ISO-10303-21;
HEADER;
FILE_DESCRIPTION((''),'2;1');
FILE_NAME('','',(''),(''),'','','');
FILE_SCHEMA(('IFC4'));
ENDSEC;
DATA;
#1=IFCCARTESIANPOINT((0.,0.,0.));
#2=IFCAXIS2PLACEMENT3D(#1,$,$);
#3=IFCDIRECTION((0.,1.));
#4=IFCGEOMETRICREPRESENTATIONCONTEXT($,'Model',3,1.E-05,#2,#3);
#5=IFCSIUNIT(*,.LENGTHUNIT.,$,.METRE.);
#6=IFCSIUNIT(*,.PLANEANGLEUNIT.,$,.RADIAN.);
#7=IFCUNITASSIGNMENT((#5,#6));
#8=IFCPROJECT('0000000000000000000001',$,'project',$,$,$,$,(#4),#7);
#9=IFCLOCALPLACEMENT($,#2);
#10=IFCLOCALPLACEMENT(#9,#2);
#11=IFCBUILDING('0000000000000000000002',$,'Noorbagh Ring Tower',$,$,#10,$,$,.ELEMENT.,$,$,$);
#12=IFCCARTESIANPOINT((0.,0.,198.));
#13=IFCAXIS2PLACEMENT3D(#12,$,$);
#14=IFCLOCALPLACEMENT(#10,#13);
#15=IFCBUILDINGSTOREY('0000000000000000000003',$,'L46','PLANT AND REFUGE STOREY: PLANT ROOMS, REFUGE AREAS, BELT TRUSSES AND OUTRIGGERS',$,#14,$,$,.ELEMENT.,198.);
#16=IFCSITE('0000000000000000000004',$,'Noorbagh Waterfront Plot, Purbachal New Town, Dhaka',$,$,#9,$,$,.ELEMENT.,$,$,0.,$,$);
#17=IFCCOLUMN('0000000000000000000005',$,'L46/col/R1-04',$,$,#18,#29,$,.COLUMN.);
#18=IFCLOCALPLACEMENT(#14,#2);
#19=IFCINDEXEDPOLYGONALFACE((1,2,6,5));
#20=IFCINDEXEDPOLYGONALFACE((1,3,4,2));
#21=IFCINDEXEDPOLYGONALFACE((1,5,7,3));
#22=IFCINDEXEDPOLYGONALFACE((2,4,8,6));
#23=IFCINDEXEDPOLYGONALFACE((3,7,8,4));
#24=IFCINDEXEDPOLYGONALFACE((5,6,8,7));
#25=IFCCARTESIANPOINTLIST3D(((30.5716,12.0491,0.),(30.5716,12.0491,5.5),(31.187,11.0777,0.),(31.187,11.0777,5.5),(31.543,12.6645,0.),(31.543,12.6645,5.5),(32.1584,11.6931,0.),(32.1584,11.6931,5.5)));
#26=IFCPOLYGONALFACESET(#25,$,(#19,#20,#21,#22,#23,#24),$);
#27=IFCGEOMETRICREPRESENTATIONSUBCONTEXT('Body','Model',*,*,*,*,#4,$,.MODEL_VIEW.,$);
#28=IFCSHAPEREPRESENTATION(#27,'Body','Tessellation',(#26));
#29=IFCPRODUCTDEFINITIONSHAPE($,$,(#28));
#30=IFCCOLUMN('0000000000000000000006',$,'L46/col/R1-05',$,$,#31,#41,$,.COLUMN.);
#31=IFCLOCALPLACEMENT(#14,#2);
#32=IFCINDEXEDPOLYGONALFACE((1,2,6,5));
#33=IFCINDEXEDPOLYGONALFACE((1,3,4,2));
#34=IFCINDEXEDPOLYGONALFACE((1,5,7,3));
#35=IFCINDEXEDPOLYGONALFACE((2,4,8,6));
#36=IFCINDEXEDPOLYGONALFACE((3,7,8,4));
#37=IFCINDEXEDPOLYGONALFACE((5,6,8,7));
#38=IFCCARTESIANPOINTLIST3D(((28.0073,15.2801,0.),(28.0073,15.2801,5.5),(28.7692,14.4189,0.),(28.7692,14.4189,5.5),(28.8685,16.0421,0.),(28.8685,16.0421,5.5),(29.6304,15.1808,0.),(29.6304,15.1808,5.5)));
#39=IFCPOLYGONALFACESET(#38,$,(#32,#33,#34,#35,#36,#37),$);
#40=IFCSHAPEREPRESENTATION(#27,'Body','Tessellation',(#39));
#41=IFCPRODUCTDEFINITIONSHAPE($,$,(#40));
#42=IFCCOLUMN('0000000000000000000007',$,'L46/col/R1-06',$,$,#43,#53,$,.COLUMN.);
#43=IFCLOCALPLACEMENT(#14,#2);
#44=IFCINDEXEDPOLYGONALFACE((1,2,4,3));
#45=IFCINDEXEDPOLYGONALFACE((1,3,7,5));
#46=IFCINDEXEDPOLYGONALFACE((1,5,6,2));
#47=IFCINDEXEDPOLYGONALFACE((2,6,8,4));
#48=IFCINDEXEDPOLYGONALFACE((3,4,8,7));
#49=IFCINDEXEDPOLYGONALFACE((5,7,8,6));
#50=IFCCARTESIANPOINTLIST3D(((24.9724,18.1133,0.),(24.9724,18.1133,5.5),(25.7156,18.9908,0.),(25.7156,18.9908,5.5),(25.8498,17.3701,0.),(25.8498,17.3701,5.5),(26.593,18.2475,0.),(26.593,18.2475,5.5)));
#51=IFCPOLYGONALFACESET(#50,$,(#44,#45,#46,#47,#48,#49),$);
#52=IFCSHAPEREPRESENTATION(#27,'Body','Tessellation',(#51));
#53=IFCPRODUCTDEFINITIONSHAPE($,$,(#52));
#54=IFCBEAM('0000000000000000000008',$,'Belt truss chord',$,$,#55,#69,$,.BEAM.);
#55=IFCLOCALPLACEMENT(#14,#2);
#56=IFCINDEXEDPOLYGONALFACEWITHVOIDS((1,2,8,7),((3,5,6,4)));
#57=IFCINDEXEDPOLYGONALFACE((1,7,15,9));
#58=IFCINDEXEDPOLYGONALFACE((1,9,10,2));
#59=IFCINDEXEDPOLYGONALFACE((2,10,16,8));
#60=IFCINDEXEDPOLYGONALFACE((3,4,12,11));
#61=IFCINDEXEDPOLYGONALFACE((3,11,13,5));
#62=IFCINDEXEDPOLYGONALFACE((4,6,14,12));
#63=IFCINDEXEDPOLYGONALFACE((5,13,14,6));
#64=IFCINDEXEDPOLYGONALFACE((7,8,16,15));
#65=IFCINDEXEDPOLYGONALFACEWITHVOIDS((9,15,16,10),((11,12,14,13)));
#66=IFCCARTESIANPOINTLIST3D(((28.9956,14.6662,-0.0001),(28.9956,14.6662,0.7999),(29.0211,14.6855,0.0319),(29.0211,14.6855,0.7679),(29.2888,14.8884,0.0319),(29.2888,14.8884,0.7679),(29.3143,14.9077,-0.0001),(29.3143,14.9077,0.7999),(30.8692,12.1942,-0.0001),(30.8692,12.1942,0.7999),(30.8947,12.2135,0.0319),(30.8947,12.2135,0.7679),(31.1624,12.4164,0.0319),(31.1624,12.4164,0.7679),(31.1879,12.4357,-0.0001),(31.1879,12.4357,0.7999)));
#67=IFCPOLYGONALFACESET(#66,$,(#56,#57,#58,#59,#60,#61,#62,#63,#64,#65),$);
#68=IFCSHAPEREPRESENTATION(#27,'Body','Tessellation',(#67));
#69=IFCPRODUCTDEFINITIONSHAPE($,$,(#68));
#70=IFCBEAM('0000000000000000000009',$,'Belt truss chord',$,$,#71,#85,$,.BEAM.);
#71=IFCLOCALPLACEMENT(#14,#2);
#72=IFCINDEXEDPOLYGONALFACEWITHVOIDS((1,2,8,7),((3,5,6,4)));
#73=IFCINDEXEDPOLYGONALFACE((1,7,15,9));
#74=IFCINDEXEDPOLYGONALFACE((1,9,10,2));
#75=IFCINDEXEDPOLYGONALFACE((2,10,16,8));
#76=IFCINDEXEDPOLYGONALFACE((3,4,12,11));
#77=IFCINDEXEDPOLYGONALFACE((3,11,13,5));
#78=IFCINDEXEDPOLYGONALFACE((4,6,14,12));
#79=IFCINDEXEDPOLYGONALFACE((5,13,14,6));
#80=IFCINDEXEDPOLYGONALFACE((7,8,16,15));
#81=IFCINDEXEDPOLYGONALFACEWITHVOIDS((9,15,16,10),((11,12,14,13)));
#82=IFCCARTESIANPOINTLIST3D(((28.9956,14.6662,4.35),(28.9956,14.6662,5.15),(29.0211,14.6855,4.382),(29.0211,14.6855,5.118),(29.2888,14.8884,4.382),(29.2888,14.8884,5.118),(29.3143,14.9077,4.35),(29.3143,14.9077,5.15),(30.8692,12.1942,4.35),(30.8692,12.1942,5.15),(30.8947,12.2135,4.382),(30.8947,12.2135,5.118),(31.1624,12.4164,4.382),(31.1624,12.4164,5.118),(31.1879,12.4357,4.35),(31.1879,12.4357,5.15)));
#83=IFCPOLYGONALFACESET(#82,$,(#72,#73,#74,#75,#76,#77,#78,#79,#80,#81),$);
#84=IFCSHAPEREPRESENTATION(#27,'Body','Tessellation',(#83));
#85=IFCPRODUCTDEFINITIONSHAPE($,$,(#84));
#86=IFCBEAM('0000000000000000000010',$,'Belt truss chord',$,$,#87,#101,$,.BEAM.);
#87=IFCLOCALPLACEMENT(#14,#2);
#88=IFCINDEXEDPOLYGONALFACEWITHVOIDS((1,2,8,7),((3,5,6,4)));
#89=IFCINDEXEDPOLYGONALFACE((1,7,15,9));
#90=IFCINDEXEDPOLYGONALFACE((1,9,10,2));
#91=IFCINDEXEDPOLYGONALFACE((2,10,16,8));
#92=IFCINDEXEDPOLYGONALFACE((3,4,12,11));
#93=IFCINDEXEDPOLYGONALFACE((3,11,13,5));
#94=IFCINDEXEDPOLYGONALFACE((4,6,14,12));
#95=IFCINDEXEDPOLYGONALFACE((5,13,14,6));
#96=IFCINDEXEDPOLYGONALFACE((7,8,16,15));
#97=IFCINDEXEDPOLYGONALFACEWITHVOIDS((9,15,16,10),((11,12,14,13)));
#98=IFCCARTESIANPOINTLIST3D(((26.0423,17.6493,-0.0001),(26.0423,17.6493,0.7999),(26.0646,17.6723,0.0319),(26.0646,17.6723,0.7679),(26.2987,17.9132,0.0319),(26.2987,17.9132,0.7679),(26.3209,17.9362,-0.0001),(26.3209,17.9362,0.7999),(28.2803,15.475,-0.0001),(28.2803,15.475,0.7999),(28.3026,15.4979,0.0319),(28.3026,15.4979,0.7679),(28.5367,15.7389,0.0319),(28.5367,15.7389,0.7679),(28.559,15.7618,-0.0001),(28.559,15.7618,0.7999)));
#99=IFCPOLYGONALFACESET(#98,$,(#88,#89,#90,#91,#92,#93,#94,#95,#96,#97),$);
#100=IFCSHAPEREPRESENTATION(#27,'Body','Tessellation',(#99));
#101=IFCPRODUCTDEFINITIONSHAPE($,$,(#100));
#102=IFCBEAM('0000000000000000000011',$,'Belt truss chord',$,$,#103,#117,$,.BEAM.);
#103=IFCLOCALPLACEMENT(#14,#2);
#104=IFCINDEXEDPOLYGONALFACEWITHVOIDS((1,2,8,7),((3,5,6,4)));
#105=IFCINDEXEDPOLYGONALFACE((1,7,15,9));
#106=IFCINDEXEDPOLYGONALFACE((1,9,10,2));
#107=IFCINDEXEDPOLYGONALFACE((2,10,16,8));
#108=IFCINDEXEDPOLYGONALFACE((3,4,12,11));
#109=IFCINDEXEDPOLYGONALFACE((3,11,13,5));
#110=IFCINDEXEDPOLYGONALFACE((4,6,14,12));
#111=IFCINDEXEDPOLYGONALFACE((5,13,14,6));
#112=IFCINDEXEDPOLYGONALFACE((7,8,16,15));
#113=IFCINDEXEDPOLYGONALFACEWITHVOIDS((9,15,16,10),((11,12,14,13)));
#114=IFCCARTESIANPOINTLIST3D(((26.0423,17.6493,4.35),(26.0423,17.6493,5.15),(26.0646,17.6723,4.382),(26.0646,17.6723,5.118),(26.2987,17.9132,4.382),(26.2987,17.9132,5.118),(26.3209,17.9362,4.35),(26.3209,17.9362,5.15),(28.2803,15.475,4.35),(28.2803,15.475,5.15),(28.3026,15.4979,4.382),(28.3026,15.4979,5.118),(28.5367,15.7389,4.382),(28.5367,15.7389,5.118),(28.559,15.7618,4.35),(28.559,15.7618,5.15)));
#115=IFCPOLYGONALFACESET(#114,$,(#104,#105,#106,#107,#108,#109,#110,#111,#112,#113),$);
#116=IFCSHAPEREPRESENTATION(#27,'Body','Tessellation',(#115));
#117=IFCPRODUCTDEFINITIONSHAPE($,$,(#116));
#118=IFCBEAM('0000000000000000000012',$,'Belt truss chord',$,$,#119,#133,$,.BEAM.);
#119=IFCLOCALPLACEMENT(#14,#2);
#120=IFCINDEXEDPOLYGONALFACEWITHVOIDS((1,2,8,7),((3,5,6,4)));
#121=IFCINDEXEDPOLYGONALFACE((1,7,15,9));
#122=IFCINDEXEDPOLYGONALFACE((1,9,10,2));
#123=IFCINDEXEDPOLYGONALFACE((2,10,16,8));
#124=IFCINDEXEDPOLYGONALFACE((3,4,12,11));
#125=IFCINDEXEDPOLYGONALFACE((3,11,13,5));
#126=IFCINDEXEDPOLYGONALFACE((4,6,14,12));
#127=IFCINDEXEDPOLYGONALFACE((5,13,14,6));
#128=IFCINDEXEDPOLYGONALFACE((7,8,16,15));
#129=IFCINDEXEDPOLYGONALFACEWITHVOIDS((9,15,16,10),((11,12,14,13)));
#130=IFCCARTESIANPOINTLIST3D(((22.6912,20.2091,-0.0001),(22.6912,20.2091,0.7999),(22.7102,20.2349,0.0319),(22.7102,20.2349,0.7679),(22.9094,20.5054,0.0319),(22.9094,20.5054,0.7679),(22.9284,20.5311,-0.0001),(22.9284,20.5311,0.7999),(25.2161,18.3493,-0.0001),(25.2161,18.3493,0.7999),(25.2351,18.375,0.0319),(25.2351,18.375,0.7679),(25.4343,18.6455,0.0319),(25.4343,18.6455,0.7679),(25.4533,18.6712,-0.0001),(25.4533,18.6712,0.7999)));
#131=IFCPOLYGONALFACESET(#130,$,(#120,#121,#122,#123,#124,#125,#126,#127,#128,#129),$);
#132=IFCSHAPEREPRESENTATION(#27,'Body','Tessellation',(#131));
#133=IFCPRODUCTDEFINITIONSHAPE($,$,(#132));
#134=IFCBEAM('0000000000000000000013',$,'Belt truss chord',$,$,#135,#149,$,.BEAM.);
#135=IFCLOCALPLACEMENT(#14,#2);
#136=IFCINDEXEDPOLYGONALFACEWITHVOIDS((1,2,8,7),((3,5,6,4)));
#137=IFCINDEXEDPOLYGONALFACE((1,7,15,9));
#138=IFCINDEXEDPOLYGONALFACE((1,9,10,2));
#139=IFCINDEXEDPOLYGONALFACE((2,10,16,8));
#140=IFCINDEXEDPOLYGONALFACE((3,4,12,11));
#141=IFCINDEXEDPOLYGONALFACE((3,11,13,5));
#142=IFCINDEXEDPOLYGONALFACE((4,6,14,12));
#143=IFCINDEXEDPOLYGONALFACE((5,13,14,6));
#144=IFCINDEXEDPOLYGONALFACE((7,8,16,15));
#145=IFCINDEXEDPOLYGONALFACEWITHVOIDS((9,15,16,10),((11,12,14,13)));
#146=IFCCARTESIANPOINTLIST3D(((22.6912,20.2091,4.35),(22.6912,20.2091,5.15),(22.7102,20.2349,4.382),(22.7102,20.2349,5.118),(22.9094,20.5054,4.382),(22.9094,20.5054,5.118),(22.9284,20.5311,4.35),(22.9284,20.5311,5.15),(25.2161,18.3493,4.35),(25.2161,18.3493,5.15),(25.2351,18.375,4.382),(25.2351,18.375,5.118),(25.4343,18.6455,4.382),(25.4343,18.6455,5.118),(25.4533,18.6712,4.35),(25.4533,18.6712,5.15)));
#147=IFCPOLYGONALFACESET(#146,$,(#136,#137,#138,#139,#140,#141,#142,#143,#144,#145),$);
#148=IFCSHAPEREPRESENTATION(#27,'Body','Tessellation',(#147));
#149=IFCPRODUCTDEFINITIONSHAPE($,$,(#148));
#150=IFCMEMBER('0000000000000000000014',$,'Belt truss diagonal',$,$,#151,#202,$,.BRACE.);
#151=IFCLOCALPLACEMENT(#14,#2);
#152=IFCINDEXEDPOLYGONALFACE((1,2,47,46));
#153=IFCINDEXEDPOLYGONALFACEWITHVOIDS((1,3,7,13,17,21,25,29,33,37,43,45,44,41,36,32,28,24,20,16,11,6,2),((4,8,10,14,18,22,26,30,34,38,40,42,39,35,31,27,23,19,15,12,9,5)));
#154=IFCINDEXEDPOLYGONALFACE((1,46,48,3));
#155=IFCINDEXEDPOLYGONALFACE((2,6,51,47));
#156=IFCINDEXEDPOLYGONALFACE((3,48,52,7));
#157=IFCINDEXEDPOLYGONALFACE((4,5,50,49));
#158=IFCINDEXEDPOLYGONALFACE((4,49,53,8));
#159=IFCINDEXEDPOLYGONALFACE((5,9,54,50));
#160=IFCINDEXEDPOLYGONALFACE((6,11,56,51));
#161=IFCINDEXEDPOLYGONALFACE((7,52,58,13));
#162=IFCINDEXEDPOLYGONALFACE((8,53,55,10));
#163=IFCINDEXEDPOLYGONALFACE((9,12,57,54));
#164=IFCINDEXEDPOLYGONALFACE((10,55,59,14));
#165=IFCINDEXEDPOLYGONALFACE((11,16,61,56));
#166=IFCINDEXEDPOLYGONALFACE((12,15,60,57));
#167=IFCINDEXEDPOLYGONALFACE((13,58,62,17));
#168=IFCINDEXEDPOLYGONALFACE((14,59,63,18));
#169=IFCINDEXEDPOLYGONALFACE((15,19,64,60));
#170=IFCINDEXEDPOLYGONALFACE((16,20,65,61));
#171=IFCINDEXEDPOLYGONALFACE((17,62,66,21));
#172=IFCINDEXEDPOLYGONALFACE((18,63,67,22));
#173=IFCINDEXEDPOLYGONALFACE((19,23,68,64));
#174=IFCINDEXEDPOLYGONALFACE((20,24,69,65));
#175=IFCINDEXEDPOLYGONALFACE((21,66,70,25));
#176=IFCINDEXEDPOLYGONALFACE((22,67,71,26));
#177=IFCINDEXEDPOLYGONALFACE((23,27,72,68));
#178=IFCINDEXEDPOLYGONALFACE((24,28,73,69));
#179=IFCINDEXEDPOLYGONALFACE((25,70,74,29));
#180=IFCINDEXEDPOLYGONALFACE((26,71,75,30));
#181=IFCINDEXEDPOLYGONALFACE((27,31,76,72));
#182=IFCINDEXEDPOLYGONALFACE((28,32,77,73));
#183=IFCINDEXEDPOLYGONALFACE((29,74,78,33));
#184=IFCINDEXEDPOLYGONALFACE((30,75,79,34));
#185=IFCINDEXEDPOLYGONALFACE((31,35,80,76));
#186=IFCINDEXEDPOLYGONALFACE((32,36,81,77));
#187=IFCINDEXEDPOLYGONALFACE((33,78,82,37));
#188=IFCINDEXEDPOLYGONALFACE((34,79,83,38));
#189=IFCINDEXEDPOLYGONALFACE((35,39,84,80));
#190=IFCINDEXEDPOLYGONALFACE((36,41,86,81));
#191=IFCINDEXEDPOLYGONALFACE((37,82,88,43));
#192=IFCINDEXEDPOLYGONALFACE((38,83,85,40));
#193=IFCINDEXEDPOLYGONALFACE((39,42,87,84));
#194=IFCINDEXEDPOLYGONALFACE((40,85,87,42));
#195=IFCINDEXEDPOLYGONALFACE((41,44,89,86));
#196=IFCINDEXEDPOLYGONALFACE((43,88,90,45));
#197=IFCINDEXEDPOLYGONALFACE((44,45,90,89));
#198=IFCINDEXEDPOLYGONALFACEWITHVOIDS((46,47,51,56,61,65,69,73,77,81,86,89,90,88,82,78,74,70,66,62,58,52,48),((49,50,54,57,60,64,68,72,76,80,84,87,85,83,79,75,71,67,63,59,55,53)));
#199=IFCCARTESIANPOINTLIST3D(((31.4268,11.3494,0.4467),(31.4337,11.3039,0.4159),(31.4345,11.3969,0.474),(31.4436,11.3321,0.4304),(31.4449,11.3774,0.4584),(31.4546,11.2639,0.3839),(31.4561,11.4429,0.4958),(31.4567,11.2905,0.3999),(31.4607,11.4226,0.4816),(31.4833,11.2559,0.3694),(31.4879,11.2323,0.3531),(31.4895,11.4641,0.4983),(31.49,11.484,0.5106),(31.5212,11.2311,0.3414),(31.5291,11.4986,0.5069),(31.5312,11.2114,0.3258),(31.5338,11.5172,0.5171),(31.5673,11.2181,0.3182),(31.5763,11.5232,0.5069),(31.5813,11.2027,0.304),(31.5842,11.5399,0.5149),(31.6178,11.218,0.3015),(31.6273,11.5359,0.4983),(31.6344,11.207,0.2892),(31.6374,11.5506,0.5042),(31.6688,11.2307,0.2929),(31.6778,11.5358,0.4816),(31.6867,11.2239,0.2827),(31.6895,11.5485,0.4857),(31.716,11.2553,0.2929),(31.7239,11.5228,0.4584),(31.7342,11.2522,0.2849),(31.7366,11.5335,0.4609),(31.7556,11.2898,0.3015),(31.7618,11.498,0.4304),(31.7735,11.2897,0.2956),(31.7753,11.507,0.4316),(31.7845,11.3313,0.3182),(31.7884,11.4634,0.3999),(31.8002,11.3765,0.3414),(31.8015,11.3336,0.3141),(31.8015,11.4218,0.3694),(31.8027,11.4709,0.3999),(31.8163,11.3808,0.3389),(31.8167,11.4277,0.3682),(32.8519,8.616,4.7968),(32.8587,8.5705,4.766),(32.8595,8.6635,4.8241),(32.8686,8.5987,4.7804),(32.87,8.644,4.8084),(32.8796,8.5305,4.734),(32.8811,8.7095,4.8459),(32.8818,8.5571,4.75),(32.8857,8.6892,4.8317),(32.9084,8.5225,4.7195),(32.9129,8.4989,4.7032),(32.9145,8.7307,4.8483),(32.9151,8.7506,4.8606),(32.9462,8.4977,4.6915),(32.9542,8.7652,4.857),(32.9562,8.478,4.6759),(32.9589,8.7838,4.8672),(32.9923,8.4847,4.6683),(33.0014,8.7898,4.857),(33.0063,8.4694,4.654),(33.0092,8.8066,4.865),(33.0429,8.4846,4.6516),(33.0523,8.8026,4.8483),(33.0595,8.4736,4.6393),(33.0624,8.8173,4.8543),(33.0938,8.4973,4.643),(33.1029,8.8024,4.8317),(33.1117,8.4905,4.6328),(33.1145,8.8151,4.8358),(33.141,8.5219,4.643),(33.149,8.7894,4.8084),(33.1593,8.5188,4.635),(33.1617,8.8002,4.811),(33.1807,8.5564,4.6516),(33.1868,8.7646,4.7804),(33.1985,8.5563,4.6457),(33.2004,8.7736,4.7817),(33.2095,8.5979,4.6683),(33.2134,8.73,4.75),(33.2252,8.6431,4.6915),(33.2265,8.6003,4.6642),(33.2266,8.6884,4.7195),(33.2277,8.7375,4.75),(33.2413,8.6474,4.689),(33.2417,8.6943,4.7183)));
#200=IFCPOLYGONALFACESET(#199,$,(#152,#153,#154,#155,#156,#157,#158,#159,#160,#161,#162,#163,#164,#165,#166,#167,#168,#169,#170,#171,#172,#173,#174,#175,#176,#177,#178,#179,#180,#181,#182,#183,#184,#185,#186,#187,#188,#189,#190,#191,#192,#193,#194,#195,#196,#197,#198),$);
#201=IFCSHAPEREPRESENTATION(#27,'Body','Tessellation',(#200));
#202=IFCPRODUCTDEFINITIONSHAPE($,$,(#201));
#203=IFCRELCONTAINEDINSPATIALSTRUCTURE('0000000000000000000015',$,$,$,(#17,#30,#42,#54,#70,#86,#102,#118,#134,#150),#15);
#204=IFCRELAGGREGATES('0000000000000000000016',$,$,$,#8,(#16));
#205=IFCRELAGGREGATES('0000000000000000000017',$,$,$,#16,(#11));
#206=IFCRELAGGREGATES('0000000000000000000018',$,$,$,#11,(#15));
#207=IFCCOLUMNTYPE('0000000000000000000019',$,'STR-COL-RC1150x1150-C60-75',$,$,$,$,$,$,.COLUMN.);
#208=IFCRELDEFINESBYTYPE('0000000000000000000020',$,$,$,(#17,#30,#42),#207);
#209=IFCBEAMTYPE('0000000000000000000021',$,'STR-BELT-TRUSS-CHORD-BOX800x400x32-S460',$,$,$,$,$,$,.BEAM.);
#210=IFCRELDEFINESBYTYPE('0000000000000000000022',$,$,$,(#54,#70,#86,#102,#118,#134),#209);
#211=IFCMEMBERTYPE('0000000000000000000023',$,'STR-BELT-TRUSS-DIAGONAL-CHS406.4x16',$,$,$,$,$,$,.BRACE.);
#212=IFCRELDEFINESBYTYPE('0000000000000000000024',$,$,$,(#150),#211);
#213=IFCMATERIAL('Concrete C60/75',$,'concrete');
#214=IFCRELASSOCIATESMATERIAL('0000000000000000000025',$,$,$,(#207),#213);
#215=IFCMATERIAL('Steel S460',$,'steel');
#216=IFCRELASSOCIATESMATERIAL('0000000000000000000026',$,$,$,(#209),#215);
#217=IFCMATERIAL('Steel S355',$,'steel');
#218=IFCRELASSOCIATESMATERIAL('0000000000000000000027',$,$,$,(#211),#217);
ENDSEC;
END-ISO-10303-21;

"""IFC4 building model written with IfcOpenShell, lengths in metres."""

from ifc_helpers import new_model, si_unit, direction, frame, origin, origin_2d, place, context, subcontext, project, spatial, rectangle, hollow_rectangle, hollow_circle, extrude, material, material_profile, profile_set, type_object, element, save


model = new_model("IFC4")

# Units and contexts
model_context = context("Model", 3, precision=1e-05, world=origin(), true_north=direction((0.0, 1.0)))
body_context = subcontext(model_context, "Body", "Model", "MODEL_VIEW")
ifc_project = project(units=[si_unit("LENGTHUNIT", "METRE"), si_unit("PLANEANGLEUNIT", "RADIAN")], contexts=[model_context])

# Site, building, storey
site_placement = place(None, origin())
site = spatial("IfcSite", under=ifc_project, at=site_placement, Name="Noorbagh Waterfront Plot, Purbachal New Town, Dhaka", CompositionType="ELEMENT", RefElevation=0.0)
building_placement = place(site_placement, origin())
building = spatial("IfcBuilding", under=site, at=building_placement, Name="Noorbagh Ring Tower", CompositionType="ELEMENT")
storey_placement = place(building_placement, frame((0.0, 0.0, 198.0)))
storey = spatial("IfcBuildingStorey", under=building, at=storey_placement, Name="L46", Description="PLANT AND REFUGE STOREY: PLANT ROOMS, REFUGE AREAS, BELT TRUSSES AND OUTRIGGERS", CompositionType="ELEMENT", Elevation=198.0)

# Columns
ifc_material_1 = material(Name="Concrete C60/75", Category="concrete")
ifc_material_profile_1 = material_profile(ifc_material_1, rectangle(XDim=1.1499, YDim=1.1499, at=origin_2d()), Name="RC1150x1150")
ifc_profile_set_1 = profile_set([ifc_material_profile_1], Name="Concrete C60/75")
column_type = type_object("IfcColumnType", Name="STR-COL-RC1150x1150-C60-75", PredefinedType="COLUMN", material=ifc_profile_set_1)
for number, where, z_axis, x_axis, name in (
    (1, (31.365, 11.8711, 0.0), (0.0, 0.0, 1.0), (-0.53519, 0.844731, 0.0), "L46/col/R1-04"),
    (2, (28.8188, 15.2305, 0.0), (0.0, 0.0, 1.0), (-0.662636, 0.748942, 0.0), "L46/col/R1-05"),
    (3, (25.7827, 18.1804, 0.0), (0.0, 0.0, 1.0), (-0.763035, 0.646357, 0.0), "L46/col/R1-06"),
):
    element("IfcColumn", number, at=place(storey_placement, frame(where, z_axis=z_axis, x_axis=x_axis)), inside=storey, type_object=column_type, Name=name, PredefinedType="COLUMN", context=body_context, shape_type="SweptSolid", body=[
        extrude(rectangle(XDim=1.1499, YDim=1.1499, at=origin_2d()), origin(), (0.0, 0.0, 1.0), 5.5),
    ])

# Beams
ifc_material_2 = material(Name="Steel S460", Category="steel")
ifc_material_profile_2 = material_profile(ifc_material_2, hollow_rectangle(XDim=0.3999, YDim=0.8, WallThickness=0.032, at=origin_2d()), Name="BOX800x400x32")
ifc_profile_set_2 = profile_set([ifc_material_profile_2], Name="Steel S460")
beam_type_1 = type_object("IfcBeamType", Name="STR-BELT-TRUSS-CHORD-BOX800x400x32-S460", PredefinedType="BEAM", material=ifc_profile_set_2)
for number, where, z_axis, x_axis, name in (
    (4, (31.0286, 12.3149, 0.3999), (-0.604035, 0.796958, 0.0), (-0.796958, -0.604035, 0.0), "Belt truss chord"),
    (5, (31.0286, 12.3149, 4.75), (-0.604035, 0.796958, 0.0), (-0.796958, -0.604035, 0.0), "Belt truss chord"),
):
    element("IfcBeam", number, at=place(storey_placement, frame(where, z_axis=z_axis, x_axis=x_axis)), inside=storey, type_object=beam_type_1, Name=name, PredefinedType="BEAM", context=body_context, shape_type="SweptSolid", body=[
        extrude(hollow_rectangle(XDim=0.3999, YDim=0.8, WallThickness=0.032, at=origin_2d()), origin(), (0.0, 0.0, 1.0), 3.1018),
    ])
for number, where, z_axis, x_axis, name in (
    (6, (28.4197, 15.6184, 0.3999), (-0.717244, 0.696822, 0.0), (-0.696822, -0.717244, 0.0), "Belt truss chord"),
    (7, (28.4197, 15.6184, 4.75), (-0.717244, 0.696822, 0.0), (-0.696822, -0.717244, 0.0), "Belt truss chord"),
):
    element("IfcBeam", number, at=place(storey_placement, frame(where, z_axis=z_axis, x_axis=x_axis)), inside=storey, type_object=beam_type_1, Name=name, PredefinedType="BEAM", context=body_context, shape_type="SweptSolid", body=[
        extrude(hollow_rectangle(XDim=0.3999, YDim=0.8, WallThickness=0.032, at=origin_2d()), origin(), (0.0, 0.0, 1.0), 3.1204),
    ])
for number, where, z_axis, x_axis, name in (
    (8, (25.3347, 18.5103, 0.3999), (-0.805146, 0.593077, 0.0), (-0.593077, -0.805146, 0.0), "Belt truss chord"),
    (9, (25.3347, 18.5103, 4.75), (-0.805146, 0.593077, 0.0), (-0.593077, -0.805146, 0.0), "Belt truss chord"),
):
    element("IfcBeam", number, at=place(storey_placement, frame(where, z_axis=z_axis, x_axis=x_axis)), inside=storey, type_object=beam_type_1, Name=name, PredefinedType="BEAM", context=body_context, shape_type="SweptSolid", body=[
        extrude(hollow_rectangle(XDim=0.3999, YDim=0.8, WallThickness=0.032, at=origin_2d()), origin(), (0.0, 0.0, 1.0), 3.136),
    ])

# Member
ifc_material_3 = material(Name="Steel S355", Category="steel")
ifc_material_profile_3 = material_profile(ifc_material_3, hollow_circle(Radius=0.2031, WallThickness=0.0161, at=origin_2d()), Name="CHS406.4x16")
ifc_profile_set_3 = profile_set([ifc_material_profile_3], Name="Steel S355")
member_type = type_object("IfcMemberType", Name="STR-BELT-TRUSS-DIAGONAL-CHS406.4x16", PredefinedType="BRACE", material=ifc_profile_set_3)
member_1_placement = place(storey_placement, frame((31.6226, 11.377, 0.3999), z_axis=(0.267285, -0.512682, 0.815914), x_axis=(0.886727, 0.462293, 0.0)))
element("IfcMember", 10, at=member_1_placement, inside=storey, type_object=member_type, Name="Belt truss diagonal", PredefinedType="BRACE", context=body_context, shape_type="SweptSolid", body=[
    extrude(hollow_circle(Radius=0.2031, WallThickness=0.0161, at=origin_2d()), origin(), (0.0, 0.0, 1.0), 5.3315),
])

save(model, "model.ifc")
